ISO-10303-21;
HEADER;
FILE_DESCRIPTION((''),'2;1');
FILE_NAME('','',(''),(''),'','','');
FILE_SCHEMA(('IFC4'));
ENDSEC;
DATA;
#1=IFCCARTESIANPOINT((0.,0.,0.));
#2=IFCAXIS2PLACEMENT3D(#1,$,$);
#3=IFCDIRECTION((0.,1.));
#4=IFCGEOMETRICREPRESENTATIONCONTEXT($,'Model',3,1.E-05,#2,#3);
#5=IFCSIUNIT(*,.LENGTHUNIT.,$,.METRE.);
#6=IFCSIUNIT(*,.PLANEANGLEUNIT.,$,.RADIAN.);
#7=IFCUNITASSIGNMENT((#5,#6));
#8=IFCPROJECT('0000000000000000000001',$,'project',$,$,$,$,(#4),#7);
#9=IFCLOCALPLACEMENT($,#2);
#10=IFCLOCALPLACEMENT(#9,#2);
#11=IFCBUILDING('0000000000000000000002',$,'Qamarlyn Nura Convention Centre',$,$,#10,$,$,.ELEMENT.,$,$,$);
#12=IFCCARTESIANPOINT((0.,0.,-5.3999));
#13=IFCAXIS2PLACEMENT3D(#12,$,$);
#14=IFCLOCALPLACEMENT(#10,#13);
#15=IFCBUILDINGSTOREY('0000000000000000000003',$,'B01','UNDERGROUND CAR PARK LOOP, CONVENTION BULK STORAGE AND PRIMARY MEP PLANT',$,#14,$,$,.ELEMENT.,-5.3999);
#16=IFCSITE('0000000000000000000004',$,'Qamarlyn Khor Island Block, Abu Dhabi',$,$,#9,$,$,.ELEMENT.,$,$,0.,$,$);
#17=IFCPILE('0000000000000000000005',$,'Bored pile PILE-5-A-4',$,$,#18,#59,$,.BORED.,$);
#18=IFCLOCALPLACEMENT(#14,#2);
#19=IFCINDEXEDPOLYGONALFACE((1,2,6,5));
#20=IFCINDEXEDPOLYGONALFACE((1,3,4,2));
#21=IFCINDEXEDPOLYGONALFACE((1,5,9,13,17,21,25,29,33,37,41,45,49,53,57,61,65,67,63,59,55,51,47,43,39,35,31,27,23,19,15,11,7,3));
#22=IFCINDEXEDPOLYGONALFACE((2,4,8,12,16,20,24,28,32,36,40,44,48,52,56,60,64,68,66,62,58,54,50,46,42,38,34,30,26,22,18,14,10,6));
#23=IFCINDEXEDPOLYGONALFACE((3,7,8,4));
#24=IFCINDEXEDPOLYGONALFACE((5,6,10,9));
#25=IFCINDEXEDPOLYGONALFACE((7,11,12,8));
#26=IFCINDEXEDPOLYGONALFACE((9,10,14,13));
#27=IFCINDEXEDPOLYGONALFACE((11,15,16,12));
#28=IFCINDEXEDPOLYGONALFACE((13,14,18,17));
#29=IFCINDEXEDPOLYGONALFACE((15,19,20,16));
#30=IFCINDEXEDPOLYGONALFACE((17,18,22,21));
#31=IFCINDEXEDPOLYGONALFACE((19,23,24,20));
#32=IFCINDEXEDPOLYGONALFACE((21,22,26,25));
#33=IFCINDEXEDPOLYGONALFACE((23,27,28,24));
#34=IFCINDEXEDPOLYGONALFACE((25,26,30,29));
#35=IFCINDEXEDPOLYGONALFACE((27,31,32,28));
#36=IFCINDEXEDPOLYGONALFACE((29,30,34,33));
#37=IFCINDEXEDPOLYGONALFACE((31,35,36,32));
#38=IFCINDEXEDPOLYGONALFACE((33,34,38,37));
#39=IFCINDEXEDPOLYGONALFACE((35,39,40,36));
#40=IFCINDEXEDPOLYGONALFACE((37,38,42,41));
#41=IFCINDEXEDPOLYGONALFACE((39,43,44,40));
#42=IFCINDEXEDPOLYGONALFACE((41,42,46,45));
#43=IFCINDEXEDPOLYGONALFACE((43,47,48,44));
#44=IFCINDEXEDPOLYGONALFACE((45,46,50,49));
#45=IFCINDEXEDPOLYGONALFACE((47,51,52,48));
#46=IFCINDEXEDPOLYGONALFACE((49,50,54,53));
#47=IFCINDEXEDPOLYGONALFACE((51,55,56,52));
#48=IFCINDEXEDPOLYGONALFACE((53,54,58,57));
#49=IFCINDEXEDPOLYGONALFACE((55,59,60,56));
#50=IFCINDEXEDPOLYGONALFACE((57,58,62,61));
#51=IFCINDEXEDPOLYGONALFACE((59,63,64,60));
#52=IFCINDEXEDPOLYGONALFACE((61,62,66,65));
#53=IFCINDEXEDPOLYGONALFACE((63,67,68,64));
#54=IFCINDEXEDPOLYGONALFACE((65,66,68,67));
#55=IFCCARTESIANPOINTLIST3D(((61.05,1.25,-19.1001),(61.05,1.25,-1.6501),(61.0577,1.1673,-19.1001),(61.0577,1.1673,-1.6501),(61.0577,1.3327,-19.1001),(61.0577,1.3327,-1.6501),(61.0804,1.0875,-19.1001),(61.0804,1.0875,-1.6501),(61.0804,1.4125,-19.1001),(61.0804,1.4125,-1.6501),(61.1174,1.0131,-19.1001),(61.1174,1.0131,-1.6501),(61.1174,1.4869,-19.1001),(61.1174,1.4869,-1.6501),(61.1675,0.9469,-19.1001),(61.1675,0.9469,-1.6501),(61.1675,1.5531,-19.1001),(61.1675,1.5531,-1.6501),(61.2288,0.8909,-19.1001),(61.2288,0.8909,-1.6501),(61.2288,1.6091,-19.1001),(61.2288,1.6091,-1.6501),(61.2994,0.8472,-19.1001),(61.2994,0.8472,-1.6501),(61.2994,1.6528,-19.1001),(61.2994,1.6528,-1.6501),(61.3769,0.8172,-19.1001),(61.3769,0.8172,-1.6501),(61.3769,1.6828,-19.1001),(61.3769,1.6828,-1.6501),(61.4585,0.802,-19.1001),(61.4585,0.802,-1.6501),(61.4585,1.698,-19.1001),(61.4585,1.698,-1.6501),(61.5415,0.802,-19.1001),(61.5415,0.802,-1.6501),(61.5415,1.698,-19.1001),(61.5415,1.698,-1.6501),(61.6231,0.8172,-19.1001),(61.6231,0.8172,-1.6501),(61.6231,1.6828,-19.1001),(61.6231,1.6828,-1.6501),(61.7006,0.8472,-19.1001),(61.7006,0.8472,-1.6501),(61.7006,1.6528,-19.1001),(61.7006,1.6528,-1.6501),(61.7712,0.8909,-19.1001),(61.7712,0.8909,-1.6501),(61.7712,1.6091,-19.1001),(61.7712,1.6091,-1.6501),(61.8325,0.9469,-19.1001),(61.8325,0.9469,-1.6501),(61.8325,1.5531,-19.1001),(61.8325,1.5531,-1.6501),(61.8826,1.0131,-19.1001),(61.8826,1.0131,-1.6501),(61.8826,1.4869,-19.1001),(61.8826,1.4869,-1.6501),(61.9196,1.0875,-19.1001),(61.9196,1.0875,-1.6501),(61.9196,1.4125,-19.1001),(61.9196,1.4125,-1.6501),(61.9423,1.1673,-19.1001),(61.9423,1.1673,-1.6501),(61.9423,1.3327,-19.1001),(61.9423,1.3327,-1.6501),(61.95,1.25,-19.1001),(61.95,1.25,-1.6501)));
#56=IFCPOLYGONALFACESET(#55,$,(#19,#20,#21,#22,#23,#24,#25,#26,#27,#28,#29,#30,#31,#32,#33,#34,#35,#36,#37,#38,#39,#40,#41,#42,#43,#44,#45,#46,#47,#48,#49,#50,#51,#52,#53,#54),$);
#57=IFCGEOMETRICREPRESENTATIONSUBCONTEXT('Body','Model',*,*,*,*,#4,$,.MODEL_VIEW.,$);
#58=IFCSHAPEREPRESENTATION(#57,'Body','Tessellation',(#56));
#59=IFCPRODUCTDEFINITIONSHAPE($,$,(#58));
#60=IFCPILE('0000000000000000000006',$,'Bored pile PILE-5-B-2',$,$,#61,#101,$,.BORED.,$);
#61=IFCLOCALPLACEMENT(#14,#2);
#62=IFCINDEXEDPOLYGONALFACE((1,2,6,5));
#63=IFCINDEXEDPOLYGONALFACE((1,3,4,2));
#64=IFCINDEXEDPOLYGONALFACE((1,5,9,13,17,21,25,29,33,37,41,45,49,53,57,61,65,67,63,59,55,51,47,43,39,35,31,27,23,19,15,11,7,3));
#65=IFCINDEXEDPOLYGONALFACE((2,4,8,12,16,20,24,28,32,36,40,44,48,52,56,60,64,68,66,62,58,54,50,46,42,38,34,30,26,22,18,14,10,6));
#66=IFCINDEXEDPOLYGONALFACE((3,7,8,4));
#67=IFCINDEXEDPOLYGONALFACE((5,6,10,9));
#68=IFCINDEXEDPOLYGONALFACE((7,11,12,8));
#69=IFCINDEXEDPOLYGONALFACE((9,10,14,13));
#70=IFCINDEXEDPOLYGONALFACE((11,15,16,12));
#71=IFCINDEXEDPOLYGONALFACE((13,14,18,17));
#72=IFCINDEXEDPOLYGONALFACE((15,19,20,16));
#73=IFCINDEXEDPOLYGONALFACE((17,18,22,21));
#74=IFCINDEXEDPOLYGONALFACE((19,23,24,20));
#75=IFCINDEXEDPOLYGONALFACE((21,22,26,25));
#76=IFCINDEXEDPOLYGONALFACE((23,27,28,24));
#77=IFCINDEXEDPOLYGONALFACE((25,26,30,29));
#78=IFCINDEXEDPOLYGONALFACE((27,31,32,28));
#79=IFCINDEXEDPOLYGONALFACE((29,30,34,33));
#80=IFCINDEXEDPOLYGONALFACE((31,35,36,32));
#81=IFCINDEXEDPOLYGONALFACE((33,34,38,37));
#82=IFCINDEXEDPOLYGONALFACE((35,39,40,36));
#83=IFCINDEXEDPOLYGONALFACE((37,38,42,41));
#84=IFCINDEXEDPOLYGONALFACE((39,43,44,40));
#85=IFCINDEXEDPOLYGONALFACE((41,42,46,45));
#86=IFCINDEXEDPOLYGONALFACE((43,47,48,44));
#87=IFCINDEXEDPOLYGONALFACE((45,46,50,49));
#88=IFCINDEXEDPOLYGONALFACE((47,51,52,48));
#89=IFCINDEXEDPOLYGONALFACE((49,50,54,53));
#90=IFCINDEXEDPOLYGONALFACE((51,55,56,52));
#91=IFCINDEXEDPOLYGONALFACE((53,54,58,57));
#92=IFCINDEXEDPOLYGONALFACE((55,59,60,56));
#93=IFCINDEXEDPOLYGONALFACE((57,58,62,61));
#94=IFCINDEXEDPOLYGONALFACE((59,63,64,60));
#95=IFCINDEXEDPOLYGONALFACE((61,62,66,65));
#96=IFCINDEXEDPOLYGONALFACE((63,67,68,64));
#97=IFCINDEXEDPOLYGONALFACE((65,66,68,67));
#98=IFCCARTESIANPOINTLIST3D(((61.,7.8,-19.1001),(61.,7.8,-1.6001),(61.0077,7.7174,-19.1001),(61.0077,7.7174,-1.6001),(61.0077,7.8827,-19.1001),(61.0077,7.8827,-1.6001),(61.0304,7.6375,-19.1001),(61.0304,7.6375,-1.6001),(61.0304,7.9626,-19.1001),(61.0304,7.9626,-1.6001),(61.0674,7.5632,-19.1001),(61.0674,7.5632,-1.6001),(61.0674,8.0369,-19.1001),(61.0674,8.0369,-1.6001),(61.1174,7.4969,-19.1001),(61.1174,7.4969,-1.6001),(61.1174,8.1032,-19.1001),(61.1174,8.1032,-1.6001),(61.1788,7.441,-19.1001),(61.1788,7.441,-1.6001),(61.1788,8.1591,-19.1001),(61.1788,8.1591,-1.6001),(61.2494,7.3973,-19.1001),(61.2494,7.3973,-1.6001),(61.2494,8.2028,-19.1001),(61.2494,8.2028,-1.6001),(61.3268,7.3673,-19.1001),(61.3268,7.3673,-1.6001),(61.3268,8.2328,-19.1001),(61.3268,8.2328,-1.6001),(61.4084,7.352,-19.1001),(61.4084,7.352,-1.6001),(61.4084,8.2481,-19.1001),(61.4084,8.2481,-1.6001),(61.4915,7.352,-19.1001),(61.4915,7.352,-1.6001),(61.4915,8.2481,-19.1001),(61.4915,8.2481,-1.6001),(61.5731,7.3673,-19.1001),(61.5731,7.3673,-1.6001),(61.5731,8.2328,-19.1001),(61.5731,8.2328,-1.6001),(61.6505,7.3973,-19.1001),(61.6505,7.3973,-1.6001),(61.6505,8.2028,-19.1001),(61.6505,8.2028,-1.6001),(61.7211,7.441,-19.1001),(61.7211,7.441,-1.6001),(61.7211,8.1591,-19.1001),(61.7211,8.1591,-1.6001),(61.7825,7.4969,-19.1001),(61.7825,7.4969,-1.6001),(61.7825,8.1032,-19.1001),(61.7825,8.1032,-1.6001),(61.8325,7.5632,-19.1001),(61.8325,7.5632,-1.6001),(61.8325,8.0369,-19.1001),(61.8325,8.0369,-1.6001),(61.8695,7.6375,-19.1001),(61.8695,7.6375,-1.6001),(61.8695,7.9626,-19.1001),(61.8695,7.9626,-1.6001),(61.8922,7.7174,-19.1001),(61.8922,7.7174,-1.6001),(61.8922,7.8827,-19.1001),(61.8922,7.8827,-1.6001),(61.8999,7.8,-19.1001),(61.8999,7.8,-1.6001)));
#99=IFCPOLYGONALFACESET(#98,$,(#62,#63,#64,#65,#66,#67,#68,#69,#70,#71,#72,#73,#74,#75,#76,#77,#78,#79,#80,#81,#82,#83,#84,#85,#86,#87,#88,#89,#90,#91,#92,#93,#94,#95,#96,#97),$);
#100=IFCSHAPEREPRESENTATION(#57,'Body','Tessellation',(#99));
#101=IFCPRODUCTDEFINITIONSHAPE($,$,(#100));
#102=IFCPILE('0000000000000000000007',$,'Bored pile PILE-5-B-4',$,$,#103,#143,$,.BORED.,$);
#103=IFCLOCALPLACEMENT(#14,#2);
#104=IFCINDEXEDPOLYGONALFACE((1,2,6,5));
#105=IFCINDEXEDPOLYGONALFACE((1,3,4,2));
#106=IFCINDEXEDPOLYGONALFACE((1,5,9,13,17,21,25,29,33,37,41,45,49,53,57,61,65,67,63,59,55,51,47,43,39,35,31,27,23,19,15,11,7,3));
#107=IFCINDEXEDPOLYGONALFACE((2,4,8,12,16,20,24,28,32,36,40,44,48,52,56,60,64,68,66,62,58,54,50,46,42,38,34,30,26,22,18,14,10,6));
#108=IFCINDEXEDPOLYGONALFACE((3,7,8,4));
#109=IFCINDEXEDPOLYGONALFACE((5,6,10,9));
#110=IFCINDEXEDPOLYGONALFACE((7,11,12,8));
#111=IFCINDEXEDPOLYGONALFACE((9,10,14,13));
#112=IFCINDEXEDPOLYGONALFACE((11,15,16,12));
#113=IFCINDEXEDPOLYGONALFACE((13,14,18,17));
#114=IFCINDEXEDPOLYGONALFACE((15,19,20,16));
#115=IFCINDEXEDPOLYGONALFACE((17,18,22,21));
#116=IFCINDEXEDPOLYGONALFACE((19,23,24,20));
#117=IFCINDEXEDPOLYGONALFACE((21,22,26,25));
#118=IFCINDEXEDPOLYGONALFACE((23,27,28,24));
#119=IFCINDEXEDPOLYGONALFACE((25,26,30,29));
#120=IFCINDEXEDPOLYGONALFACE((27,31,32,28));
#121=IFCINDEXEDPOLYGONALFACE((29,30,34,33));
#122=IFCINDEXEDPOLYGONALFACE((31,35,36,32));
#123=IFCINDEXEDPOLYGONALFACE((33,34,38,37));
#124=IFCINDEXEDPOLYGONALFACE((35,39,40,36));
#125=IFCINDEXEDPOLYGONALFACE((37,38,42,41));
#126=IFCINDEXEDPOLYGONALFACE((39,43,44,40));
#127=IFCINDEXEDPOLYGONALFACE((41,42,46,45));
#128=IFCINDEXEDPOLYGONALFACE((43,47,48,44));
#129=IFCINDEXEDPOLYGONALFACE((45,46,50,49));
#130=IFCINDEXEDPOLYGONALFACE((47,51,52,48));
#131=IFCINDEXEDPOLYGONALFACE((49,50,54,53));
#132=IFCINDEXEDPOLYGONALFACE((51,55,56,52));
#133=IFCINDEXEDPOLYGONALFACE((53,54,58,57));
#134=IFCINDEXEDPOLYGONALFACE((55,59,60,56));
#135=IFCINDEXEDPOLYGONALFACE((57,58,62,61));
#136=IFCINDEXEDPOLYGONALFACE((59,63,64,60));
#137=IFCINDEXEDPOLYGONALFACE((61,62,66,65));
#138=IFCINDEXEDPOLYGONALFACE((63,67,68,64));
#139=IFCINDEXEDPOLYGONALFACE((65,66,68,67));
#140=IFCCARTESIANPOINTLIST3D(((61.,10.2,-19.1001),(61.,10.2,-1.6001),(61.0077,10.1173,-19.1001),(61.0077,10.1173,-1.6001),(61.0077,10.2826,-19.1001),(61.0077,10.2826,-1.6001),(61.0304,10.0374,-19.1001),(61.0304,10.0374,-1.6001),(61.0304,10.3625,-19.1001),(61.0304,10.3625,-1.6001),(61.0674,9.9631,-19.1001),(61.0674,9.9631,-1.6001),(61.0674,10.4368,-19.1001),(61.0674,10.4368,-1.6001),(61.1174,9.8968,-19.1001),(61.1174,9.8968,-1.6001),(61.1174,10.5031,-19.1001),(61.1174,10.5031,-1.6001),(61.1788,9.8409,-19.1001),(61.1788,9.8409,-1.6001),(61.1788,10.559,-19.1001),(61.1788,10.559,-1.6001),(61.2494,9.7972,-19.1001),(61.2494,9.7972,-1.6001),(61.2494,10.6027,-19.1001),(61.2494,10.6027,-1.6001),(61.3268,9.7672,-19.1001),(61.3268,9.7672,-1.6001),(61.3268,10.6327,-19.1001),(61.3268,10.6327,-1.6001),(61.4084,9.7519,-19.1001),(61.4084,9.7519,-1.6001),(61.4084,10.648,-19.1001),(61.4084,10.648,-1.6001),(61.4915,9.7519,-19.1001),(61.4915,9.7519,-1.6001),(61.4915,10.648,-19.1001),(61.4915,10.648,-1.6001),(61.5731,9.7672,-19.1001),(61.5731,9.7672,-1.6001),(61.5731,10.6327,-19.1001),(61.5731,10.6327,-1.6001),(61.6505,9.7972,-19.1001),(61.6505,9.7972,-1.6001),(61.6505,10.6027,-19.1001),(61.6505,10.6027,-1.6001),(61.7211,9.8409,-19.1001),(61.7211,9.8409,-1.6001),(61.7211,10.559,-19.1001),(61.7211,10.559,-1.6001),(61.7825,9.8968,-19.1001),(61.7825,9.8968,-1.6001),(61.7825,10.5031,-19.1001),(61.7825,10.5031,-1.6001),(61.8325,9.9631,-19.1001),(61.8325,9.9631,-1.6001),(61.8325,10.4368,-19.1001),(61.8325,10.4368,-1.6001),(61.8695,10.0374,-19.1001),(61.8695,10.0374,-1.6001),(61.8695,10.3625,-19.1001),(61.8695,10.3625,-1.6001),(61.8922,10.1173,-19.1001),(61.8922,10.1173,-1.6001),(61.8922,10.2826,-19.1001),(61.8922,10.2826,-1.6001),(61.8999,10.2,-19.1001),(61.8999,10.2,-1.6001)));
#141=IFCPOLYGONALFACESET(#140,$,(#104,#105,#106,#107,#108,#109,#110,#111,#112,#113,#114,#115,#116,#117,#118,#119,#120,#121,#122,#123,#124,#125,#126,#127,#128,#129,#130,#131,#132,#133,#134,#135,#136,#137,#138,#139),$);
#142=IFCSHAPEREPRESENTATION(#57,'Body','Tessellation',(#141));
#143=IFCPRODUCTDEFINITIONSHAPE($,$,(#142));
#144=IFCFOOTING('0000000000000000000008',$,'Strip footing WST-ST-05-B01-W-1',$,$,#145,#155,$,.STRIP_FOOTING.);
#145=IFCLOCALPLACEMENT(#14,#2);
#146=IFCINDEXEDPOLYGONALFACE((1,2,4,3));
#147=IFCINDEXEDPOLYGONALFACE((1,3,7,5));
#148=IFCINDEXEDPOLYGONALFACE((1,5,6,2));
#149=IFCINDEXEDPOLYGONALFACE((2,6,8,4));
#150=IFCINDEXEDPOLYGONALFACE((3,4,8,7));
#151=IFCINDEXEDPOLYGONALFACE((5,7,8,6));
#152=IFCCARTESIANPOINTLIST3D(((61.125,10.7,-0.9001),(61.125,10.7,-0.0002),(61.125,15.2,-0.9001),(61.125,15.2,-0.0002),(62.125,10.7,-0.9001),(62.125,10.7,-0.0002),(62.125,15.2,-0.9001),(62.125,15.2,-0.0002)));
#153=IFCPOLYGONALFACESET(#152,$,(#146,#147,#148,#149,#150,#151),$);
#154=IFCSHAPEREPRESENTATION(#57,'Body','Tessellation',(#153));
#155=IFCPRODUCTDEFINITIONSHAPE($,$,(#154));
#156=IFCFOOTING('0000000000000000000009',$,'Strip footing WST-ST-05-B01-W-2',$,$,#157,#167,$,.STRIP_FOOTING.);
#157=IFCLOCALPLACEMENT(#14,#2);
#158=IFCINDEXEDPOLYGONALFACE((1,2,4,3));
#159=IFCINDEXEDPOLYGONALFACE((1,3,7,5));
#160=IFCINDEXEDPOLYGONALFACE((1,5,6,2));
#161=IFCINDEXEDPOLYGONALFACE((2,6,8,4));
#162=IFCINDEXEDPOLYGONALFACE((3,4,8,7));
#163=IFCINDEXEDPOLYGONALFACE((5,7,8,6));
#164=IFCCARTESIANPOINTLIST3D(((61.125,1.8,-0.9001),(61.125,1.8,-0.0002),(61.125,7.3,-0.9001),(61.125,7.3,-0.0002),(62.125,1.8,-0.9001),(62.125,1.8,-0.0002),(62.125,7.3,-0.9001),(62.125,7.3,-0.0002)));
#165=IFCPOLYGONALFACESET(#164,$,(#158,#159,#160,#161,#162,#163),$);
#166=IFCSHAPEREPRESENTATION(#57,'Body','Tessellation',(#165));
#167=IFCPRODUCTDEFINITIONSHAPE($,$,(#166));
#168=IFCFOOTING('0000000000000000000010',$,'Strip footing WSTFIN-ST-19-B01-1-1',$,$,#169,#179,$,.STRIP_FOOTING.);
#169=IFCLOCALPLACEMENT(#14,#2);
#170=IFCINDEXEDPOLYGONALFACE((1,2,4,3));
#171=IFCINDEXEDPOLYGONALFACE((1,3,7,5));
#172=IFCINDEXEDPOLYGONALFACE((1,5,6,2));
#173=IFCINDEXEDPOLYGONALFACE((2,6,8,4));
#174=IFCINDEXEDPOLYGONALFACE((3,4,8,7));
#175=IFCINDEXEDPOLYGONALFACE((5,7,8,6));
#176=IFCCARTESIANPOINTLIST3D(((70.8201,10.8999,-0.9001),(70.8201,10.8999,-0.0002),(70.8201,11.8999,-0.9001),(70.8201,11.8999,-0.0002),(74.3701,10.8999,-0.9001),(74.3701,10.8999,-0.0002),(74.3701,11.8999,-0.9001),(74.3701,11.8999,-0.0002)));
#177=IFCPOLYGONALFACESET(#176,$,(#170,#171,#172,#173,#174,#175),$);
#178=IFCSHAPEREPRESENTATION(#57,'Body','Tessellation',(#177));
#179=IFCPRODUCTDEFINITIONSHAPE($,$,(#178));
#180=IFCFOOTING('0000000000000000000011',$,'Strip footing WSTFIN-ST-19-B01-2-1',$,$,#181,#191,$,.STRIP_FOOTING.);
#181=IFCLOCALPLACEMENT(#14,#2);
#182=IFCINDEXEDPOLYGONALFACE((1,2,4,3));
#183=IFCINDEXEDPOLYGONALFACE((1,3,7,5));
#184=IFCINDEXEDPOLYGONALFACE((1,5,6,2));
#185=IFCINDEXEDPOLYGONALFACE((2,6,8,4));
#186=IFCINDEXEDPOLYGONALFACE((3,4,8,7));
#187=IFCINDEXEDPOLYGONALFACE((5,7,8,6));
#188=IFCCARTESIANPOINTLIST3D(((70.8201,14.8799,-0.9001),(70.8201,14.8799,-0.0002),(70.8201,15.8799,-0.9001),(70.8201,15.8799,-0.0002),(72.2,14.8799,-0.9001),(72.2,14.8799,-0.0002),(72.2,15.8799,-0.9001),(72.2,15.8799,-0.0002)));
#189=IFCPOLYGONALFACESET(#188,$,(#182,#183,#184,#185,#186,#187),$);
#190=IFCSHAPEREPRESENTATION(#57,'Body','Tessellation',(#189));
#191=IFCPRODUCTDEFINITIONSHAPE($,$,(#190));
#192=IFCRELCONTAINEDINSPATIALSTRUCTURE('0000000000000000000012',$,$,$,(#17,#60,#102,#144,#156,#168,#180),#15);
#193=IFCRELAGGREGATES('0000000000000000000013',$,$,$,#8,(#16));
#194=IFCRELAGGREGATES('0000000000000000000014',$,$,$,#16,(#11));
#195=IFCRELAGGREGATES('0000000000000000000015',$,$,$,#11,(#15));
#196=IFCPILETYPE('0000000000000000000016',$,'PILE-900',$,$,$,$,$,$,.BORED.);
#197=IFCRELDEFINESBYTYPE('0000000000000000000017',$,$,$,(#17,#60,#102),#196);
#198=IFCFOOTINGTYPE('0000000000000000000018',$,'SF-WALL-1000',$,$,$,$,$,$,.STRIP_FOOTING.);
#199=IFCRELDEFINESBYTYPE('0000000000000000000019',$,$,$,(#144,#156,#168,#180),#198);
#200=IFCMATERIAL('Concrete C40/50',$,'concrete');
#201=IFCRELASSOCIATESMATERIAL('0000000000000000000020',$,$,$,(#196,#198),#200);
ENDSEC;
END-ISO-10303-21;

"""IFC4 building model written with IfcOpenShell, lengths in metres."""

from ifc_helpers import new_model, si_unit, direction, frame, origin, origin_2d, place, context, subcontext, project, spatial, rectangle, circle, extrude, material, material_profile, profile_set, type_object, element, save


model = new_model("IFC4")

# Units and contexts
model_context = context("Model", 3, precision=1e-05, world=origin(), true_north=direction((0.0, 1.0)))
body_context = subcontext(model_context, "Body", "Model", "MODEL_VIEW")
ifc_project = project(units=[si_unit("LENGTHUNIT", "METRE"), si_unit("PLANEANGLEUNIT", "RADIAN")], contexts=[model_context])

# Site, building, storey
site_placement = place(None, origin())
site = spatial("IfcSite", under=ifc_project, at=site_placement, Name="Qamarlyn Khor Island Block, Abu Dhabi", CompositionType="ELEMENT", RefElevation=0.0)
building_placement = place(site_placement, origin())
building = spatial("IfcBuilding", under=site, at=building_placement, Name="Qamarlyn Nura Convention Centre", CompositionType="ELEMENT")
storey_placement = place(building_placement, frame((0.0, 0.0, -5.3999)))
storey = spatial("IfcBuildingStorey", under=building, at=storey_placement, Name="B01", Description="UNDERGROUND CAR PARK LOOP, CONVENTION BULK STORAGE AND PRIMARY MEP PLANT", CompositionType="ELEMENT", Elevation=-5.3999)

# Shared definitions
ifc_material_1 = material(Name="Concrete C40/50", Category="concrete")

# Piles
ifc_material_profile_1 = material_profile(ifc_material_1, circle(Radius=0.45, at=origin_2d()), Name="BORED PILE 900")
ifc_profile_set_1 = profile_set([ifc_material_profile_1], Name="Concrete C40/50")
pile_type_1 = type_object("IfcPileType", Name="PILE-900", PredefinedType="BORED", material=ifc_profile_set_1)
for number, where, z_axis, x_axis, name in (
    (1, (61.5, 1.25, -1.6501), (0.0, 0.0, -1.0), (1.0, 0.0, 0.0), "Bored pile PILE-5-A-4"),
):
    element("IfcPile", number, at=place(storey_placement, frame(where, z_axis=z_axis, x_axis=x_axis)), inside=storey, type_object=pile_type_1, Name=name, PredefinedType="BORED", context=body_context, shape_type="SweptSolid", body=[
        extrude(circle(Radius=0.45, at=origin_2d()), origin(), (0.0, 0.0, 1.0), 17.45),
    ])
for number, where, z_axis, x_axis, name in (
    (2, (61.45, 7.8, -1.6001), (0.0, 0.0, -1.0), (1.0, 0.0, 0.0), "Bored pile PILE-5-B-2"),
    (3, (61.45, 10.2, -1.6001), (0.0, 0.0, -1.0), (1.0, 0.0, 0.0), "Bored pile PILE-5-B-4"),
):
    element("IfcPile", number, at=place(storey_placement, frame(where, z_axis=z_axis, x_axis=x_axis)), inside=storey, type_object=pile_type_1, Name=name, PredefinedType="BORED", context=body_context, shape_type="SweptSolid", body=[
        extrude(circle(Radius=0.45, at=origin_2d()), origin(), (0.0, 0.0, 1.0), 17.5),
    ])

# Footings
ifc_material_profile_2 = material_profile(ifc_material_1, rectangle(XDim=1.0, YDim=0.8999, at=origin_2d()), Name="RC STRIP 1000x900")
ifc_profile_set_2 = profile_set([ifc_material_profile_2], Name="Concrete C40/50")
footing_type_1 = type_object("IfcFootingType", Name="SF-WALL-1000", PredefinedType="STRIP_FOOTING", material=ifc_profile_set_2)
footing_1_placement = place(storey_placement, frame((61.625, 15.2, -0.4502), z_axis=(0.0, -1.0, 0.0), x_axis=(1.0, 0.0, 0.0)))
element("IfcFooting", 4, at=footing_1_placement, inside=storey, type_object=footing_type_1, Name="Strip footing WST-ST-05-B01-W-1", PredefinedType="STRIP_FOOTING", context=body_context, shape_type="SweptSolid", body=[
    extrude(rectangle(XDim=1.0, YDim=0.8999, at=origin_2d()), origin(), (0.0, 0.0, 1.0), 4.5),
])
footing_2_placement = place(storey_placement, frame((61.625, 7.3, -0.4502), z_axis=(0.0, -1.0, 0.0), x_axis=(1.0, 0.0, 0.0)))
element("IfcFooting", 5, at=footing_2_placement, inside=storey, type_object=footing_type_1, Name="Strip footing WST-ST-05-B01-W-2", PredefinedType="STRIP_FOOTING", context=body_context, shape_type="SweptSolid", body=[
    extrude(rectangle(XDim=1.0, YDim=0.8999, at=origin_2d()), origin(), (0.0, 0.0, 1.0), 5.5),
])
footing_3_placement = place(storey_placement, frame((70.8201, 11.3999, -0.4502), z_axis=(1.0, 0.0, 0.0), x_axis=(0.0, 1.0, 0.0)))
element("IfcFooting", 6, at=footing_3_placement, inside=storey, type_object=footing_type_1, Name="Strip footing WSTFIN-ST-19-B01-1-1", PredefinedType="STRIP_FOOTING", context=body_context, shape_type="SweptSolid", body=[
    extrude(rectangle(XDim=1.0, YDim=0.8999, at=origin_2d()), origin(), (0.0, 0.0, 1.0), 3.55),
])
footing_4_placement = place(storey_placement, frame((70.8201, 15.3799, -0.4502), z_axis=(1.0, 0.0, 0.0), x_axis=(0.0, 1.0, 0.0)))
element("IfcFooting", 7, at=footing_4_placement, inside=storey, type_object=footing_type_1, Name="Strip footing WSTFIN-ST-19-B01-2-1", PredefinedType="STRIP_FOOTING", context=body_context, shape_type="SweptSolid", body=[
    extrude(rectangle(XDim=1.0, YDim=0.8999, at=origin_2d()), origin(), (0.0, 0.0, 1.0), 1.3799),
])

save(model, "model.ifc")
